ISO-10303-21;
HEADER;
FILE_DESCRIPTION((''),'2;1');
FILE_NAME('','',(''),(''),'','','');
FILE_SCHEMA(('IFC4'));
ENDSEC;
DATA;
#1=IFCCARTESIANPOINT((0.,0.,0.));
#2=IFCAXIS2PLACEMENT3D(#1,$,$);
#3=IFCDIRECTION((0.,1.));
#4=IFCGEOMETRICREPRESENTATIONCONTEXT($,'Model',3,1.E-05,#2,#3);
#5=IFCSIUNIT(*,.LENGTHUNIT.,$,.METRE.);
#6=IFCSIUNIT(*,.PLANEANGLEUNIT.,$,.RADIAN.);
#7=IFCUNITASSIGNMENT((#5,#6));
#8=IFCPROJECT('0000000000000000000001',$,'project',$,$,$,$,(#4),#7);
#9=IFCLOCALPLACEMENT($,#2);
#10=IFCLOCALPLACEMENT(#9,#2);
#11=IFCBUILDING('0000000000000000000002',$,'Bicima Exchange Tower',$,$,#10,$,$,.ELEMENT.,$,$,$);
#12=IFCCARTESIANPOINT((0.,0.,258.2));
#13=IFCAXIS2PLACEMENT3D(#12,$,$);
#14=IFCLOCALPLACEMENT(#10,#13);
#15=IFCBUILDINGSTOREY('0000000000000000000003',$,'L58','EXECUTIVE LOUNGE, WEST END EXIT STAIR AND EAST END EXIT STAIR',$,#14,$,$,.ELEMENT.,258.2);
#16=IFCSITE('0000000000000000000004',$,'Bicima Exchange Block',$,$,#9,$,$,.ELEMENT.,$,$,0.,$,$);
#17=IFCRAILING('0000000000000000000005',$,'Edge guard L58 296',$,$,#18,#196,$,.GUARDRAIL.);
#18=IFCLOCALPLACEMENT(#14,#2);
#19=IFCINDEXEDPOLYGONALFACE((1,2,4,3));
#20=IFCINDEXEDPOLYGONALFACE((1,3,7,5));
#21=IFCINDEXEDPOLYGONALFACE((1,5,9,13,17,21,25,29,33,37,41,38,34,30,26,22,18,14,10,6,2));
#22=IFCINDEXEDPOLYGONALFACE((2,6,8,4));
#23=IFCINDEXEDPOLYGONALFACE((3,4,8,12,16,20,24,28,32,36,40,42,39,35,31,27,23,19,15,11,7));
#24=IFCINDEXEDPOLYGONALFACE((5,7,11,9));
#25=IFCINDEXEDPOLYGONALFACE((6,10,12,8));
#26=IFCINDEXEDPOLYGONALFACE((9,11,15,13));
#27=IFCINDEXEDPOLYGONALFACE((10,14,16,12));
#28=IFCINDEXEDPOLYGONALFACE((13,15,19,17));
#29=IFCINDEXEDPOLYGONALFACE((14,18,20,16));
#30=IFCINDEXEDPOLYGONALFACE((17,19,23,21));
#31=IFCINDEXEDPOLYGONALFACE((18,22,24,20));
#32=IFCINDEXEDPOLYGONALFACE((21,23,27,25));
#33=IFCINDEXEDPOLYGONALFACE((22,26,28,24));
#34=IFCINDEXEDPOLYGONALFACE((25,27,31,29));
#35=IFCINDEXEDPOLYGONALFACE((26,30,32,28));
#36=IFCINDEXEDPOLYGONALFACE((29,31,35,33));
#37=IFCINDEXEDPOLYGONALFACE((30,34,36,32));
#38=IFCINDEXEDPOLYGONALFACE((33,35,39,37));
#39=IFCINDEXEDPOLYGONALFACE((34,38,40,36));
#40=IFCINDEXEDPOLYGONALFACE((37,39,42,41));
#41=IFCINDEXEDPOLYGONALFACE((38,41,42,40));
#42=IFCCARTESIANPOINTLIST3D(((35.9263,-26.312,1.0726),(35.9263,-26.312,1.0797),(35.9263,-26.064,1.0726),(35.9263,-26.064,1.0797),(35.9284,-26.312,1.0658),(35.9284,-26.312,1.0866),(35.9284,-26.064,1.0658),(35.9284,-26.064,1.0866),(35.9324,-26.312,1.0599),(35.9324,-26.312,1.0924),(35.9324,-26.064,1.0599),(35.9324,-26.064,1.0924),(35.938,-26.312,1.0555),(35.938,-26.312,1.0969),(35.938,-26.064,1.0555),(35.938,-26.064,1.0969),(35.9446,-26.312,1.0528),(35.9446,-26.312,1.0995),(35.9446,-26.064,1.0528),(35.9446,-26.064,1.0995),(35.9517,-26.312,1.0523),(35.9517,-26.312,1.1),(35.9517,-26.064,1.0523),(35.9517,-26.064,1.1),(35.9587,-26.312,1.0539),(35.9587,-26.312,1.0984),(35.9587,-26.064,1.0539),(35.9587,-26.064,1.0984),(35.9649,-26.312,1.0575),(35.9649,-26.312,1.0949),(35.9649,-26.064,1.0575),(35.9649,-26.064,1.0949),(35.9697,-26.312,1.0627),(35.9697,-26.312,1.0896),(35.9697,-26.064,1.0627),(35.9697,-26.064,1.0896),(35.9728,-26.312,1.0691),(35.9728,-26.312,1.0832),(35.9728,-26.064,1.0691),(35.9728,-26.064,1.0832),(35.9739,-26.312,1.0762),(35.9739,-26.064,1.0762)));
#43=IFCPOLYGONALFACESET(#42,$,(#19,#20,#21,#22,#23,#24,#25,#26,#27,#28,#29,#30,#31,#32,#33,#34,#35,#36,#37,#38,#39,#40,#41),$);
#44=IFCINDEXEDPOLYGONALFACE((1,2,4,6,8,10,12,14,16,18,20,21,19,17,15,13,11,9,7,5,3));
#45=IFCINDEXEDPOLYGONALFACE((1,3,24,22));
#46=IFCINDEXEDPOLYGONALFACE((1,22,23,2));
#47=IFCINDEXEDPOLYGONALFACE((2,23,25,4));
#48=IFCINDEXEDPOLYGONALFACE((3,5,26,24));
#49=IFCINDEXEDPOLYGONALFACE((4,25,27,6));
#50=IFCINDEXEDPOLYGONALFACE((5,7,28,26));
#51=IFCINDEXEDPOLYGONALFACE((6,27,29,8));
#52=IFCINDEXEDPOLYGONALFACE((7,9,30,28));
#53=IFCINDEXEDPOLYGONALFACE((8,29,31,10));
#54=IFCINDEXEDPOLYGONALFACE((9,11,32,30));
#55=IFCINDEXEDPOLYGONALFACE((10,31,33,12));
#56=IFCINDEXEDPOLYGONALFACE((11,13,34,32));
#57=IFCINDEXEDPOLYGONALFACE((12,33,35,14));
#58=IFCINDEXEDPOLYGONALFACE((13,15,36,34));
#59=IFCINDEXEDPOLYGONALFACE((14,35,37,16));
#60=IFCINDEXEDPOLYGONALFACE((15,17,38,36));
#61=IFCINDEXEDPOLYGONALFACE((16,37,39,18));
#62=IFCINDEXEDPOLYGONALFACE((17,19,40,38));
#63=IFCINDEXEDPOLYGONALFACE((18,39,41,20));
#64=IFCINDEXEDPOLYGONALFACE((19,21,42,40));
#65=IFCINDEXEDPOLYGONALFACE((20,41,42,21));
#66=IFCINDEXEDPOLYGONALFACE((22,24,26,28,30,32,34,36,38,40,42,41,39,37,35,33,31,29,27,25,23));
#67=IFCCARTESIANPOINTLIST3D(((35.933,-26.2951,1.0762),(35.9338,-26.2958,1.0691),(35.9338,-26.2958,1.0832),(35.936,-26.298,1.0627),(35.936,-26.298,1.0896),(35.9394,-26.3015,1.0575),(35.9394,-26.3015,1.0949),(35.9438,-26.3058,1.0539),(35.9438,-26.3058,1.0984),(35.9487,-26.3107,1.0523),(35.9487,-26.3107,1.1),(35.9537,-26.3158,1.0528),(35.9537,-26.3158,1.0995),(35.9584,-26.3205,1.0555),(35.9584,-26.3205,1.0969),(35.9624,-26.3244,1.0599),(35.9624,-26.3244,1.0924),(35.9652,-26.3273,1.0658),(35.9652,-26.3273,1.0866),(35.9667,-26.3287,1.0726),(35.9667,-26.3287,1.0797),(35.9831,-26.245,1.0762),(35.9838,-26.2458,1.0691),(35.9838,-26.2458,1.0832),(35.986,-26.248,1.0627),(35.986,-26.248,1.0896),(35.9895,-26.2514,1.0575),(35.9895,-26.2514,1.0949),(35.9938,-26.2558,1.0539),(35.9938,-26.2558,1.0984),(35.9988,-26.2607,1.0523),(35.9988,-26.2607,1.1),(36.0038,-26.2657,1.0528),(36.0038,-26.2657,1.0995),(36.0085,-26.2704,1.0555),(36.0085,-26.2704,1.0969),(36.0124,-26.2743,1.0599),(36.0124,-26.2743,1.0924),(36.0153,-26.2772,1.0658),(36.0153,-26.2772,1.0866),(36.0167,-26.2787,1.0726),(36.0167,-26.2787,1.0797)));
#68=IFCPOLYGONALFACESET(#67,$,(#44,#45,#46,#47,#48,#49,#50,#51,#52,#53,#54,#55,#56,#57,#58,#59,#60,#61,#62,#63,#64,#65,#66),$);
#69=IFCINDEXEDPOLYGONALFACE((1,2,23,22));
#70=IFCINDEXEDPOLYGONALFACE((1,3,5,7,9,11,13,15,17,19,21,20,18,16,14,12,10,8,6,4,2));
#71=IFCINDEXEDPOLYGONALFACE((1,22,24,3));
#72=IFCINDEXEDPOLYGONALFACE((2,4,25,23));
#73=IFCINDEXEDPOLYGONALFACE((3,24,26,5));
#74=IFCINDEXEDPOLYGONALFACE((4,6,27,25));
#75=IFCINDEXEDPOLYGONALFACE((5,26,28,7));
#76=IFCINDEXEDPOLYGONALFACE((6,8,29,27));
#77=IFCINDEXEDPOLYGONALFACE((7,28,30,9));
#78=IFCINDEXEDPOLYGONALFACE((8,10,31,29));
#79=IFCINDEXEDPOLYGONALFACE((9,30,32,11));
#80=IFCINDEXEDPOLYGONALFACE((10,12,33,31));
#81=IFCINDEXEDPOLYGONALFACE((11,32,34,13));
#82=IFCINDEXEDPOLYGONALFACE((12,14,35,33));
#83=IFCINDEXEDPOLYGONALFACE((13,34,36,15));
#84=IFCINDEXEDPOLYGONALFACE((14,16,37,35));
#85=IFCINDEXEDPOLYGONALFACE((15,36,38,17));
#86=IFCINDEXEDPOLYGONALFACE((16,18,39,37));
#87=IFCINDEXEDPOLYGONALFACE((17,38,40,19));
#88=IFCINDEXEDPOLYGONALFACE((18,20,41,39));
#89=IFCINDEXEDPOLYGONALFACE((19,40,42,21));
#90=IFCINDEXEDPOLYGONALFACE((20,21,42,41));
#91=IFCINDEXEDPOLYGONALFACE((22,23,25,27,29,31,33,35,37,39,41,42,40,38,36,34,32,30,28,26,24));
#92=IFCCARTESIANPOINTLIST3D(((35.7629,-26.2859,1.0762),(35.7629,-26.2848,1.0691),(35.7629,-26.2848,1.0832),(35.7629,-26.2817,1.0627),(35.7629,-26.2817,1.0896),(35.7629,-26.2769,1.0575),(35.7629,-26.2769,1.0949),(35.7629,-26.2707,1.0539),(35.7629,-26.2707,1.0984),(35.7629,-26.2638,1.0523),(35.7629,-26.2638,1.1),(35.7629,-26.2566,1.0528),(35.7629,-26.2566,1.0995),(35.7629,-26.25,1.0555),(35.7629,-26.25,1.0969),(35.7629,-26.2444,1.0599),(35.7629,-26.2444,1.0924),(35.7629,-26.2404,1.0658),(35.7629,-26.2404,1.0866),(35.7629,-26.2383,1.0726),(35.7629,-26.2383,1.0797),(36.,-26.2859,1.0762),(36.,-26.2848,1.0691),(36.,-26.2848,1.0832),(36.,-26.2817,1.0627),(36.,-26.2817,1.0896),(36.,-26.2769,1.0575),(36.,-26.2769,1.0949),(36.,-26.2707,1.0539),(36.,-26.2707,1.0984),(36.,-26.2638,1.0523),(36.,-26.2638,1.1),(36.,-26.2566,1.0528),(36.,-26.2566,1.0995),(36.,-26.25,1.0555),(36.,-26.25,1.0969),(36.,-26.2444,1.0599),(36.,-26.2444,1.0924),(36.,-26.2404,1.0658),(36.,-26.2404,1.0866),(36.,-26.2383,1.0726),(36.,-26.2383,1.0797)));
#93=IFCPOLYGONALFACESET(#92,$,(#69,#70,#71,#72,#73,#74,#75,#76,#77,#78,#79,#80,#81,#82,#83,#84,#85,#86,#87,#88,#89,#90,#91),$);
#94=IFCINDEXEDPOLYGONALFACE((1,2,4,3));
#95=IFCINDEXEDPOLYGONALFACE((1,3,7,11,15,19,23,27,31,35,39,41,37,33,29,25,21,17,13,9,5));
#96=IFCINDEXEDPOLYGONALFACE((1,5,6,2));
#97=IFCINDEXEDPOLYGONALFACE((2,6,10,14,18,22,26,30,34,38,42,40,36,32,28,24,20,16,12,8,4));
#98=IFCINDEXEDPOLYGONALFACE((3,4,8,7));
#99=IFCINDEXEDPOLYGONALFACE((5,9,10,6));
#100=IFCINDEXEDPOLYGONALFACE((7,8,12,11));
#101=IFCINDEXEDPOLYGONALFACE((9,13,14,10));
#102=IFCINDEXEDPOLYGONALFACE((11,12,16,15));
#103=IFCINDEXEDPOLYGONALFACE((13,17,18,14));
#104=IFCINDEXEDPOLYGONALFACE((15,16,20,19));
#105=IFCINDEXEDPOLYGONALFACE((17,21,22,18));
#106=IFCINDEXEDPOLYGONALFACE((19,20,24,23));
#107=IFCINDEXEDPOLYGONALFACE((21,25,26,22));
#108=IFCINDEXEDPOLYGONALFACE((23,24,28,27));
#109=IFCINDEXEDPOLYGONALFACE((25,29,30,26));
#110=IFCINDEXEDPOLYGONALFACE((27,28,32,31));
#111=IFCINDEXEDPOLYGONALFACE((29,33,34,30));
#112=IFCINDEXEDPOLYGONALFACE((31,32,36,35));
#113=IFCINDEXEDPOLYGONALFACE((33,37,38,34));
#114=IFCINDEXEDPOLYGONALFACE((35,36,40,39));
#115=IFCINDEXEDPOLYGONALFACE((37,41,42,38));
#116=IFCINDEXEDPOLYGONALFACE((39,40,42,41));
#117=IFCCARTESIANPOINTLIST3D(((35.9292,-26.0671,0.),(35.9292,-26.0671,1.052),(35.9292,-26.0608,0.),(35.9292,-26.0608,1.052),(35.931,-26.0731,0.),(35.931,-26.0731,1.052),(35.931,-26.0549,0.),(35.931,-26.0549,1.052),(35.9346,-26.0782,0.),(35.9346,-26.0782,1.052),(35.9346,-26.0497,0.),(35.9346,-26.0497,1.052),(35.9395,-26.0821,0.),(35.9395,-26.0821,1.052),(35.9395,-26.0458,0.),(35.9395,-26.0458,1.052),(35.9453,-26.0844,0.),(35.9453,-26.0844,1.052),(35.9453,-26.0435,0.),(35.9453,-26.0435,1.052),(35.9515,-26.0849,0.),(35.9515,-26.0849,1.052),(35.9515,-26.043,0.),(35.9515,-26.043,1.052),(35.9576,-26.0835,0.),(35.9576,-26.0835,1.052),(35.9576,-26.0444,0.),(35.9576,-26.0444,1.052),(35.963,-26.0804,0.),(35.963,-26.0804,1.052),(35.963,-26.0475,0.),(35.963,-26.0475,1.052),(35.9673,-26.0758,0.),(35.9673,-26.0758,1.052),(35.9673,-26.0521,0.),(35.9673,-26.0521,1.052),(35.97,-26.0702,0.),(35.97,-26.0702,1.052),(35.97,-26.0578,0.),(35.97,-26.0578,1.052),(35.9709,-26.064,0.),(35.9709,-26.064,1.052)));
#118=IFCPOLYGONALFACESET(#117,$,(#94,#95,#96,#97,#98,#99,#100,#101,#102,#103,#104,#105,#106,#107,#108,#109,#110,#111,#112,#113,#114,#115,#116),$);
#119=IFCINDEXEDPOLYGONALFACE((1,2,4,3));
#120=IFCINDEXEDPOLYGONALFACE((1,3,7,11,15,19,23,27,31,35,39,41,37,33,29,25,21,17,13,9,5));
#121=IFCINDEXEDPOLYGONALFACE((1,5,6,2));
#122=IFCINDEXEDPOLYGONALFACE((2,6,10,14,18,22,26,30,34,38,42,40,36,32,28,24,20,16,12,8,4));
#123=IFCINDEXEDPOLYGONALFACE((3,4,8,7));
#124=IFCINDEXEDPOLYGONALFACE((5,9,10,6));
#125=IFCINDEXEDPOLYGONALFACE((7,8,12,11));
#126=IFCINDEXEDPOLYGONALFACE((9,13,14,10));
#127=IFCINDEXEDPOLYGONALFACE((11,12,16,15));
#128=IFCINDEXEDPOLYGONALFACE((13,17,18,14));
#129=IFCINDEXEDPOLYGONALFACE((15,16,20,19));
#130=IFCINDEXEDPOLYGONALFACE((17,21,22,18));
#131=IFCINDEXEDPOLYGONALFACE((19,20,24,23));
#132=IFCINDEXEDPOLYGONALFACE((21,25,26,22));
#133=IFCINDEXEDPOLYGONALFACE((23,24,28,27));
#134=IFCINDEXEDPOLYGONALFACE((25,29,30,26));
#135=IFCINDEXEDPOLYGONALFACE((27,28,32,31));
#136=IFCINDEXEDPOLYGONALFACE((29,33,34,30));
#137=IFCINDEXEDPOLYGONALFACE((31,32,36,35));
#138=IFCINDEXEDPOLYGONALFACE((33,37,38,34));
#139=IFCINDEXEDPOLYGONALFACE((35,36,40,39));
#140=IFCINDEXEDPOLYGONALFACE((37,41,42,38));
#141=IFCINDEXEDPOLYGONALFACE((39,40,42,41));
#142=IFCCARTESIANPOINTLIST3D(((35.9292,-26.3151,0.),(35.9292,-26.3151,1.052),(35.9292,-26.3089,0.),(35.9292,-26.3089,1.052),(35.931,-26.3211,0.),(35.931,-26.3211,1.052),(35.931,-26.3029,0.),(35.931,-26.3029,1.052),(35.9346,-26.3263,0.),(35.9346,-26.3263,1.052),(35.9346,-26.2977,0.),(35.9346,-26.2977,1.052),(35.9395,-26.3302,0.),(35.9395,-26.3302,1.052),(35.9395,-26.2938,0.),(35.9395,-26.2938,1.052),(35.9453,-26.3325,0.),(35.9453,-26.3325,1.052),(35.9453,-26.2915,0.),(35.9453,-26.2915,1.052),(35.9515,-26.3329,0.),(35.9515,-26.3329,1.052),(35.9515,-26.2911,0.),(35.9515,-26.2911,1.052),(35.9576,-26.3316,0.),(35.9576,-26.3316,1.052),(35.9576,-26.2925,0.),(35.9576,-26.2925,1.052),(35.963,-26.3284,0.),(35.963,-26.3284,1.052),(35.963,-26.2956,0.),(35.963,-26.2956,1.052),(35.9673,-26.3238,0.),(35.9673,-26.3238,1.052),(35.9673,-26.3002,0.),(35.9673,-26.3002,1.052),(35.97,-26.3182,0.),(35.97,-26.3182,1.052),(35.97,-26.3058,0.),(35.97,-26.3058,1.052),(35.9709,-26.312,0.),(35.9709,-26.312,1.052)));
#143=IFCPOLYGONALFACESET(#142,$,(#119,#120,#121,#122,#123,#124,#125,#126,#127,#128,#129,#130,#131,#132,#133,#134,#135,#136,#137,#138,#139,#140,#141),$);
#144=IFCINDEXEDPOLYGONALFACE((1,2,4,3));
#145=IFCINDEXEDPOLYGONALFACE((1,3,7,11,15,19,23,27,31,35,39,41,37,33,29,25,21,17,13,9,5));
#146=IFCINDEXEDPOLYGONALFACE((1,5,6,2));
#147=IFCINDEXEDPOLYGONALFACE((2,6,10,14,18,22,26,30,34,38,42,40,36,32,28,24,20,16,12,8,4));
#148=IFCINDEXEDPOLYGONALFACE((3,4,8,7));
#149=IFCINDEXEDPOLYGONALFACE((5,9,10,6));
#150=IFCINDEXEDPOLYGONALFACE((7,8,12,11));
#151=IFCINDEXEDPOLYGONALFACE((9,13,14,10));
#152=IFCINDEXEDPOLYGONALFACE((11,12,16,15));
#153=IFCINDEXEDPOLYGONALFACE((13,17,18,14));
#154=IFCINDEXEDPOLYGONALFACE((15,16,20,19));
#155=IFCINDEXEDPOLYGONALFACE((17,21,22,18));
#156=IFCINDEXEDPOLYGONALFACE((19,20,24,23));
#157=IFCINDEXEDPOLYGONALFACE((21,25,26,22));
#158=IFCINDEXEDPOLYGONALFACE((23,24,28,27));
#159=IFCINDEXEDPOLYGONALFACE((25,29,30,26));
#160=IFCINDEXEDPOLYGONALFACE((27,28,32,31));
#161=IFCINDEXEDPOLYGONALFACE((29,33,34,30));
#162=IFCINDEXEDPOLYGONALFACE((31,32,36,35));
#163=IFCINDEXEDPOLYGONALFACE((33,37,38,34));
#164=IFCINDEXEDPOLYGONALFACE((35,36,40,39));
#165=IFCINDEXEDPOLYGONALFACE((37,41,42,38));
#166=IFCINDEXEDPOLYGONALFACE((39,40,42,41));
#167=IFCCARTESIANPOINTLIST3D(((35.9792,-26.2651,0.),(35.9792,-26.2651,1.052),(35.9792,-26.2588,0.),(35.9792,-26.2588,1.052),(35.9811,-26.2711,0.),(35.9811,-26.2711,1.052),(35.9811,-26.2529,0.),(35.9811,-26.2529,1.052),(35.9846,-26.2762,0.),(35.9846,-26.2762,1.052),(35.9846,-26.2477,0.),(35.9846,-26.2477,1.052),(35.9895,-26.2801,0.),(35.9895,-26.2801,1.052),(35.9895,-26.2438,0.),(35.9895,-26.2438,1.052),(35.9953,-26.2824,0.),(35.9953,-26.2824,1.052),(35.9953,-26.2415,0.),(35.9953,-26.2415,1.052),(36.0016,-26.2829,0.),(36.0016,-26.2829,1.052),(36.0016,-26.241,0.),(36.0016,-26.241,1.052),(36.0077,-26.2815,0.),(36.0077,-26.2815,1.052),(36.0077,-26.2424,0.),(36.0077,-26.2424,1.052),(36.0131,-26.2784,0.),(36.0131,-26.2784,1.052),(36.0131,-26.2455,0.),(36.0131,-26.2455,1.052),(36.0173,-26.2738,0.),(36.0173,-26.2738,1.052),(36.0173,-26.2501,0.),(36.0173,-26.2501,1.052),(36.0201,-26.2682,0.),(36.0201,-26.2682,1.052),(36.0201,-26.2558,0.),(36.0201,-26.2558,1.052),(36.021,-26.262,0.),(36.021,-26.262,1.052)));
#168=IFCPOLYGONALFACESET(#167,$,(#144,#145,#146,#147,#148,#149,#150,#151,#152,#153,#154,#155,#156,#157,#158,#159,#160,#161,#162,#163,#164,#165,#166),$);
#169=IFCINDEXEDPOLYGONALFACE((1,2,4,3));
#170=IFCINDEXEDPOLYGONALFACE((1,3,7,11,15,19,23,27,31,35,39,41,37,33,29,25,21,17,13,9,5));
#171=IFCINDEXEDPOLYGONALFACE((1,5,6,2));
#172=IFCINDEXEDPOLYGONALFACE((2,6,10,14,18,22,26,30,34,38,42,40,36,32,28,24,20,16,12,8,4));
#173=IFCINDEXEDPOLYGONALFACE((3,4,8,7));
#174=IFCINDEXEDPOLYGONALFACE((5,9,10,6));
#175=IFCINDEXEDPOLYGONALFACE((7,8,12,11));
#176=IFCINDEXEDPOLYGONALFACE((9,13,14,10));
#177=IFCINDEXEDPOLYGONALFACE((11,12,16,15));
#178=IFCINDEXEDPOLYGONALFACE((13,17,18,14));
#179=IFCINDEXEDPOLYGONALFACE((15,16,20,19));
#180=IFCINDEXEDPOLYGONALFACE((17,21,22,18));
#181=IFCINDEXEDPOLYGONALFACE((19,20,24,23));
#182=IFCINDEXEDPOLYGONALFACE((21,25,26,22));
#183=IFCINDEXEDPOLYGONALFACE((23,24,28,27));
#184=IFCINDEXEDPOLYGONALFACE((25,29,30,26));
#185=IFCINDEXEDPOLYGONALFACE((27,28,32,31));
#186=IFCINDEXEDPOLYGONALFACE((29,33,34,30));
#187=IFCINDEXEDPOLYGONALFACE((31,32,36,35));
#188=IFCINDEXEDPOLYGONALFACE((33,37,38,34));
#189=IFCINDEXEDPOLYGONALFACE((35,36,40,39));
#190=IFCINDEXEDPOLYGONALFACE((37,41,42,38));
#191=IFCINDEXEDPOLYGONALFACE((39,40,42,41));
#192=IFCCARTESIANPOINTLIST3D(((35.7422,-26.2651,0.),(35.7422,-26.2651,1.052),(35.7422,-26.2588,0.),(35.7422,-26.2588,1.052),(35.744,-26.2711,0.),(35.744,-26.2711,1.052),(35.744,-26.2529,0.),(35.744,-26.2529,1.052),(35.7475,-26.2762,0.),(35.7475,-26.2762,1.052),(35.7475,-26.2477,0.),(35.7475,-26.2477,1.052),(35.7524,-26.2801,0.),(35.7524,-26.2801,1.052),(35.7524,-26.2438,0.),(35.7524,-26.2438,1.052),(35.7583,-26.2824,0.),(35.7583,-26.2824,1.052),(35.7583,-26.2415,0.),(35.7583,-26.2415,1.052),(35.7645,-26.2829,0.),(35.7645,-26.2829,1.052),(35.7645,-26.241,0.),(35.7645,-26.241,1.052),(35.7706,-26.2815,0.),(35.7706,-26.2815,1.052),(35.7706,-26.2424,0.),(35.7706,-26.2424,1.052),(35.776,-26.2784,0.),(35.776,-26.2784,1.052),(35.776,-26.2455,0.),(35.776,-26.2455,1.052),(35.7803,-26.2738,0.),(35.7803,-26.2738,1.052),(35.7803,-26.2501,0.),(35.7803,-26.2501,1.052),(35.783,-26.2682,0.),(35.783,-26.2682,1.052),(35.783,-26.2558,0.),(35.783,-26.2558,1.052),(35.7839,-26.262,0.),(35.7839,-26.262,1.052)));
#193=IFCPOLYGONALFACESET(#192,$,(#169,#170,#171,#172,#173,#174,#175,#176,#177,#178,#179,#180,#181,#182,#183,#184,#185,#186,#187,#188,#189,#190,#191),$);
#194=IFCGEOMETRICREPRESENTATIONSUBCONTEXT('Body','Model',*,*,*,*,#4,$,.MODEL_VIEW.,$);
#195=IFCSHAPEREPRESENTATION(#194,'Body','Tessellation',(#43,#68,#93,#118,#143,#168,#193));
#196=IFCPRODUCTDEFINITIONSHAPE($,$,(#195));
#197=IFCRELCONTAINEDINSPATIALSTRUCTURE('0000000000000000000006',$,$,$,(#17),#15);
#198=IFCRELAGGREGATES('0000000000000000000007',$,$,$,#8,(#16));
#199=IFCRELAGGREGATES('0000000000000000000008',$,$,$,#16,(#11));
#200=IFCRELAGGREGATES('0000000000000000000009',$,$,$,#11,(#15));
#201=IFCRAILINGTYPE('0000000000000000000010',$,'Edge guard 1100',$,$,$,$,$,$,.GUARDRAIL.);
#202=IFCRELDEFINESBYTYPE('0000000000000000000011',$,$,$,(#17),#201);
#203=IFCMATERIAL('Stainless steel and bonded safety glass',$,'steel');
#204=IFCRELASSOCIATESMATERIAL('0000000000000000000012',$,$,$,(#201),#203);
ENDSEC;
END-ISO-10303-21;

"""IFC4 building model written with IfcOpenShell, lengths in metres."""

from ifc_helpers import new_model, si_unit, direction, frame, origin, origin_2d, place, context, subcontext, project, spatial, circle, extrude, material, type_object, element, save


model = new_model("IFC4")

# Units and contexts
model_context = context("Model", 3, precision=1e-05, world=origin(), true_north=direction((0.0, 1.0)))
body_context = subcontext(model_context, "Body", "Model", "MODEL_VIEW")
ifc_project = project(units=[si_unit("LENGTHUNIT", "METRE"), si_unit("PLANEANGLEUNIT", "RADIAN")], contexts=[model_context])

# Site, building, storey
site_placement = place(None, origin())
site = spatial("IfcSite", under=ifc_project, at=site_placement, Name="Bicima Exchange Block", CompositionType="ELEMENT", RefElevation=0.0)
building_placement = place(site_placement, origin())
building = spatial("IfcBuilding", under=site, at=building_placement, Name="Bicima Exchange Tower", CompositionType="ELEMENT")
storey_placement = place(building_placement, frame((0.0, 0.0, 258.2)))
storey = spatial("IfcBuildingStorey", under=building, at=storey_placement, Name="L58", Description="EXECUTIVE LOUNGE, WEST END EXIT STAIR AND EAST END EXIT STAIR", CompositionType="ELEMENT", Elevation=258.2)

# Railing
ifc_material_1 = material(Name="Stainless steel and bonded safety glass", Category="steel")
railing_type = type_object("IfcRailingType", Name="Edge guard 1100", PredefinedType="GUARDRAIL", material=ifc_material_1)
railing_placement = place(storey_placement, frame((35.95, -26.064, 0.0)))
element("IfcRailing", 1, at=railing_placement, inside=storey, type_object=railing_type, Name="Edge guard L58 296", PredefinedType="GUARDRAIL", context=body_context, shape_type="SweptSolid", body=[
    extrude(circle(Radius=0.0239, at=origin_2d()), frame((0.0, 0.0, 1.0762), z_axis=(0.0, -1.0, 0.0), x_axis=(1.0, 0.0, 0.0)), (0.0, 0.0, 1.0), 0.248),
    extrude(circle(Radius=0.0239, at=origin_2d()), frame((0.0, -0.248, 1.0762), z_axis=(0.707107, 0.707107, 0.0), x_axis=(-0.707107, 0.707107, 0.0)), (0.0, 0.0, 1.0), 0.0708),
    extrude(circle(Radius=0.0239, at=origin_2d()), frame((0.05, -0.198, 1.0762), z_axis=(-1.0, 0.0, 0.0), x_axis=(0.0, -1.0, 0.0)), (0.0, 0.0, 1.0), 0.2371),
    extrude(circle(Radius=0.021, at=origin_2d()), origin(), (0.0, 0.0, 1.0), 1.052),
    extrude(circle(Radius=0.021, at=origin_2d()), frame((0.0, -0.248, 0.0)), (0.0, 0.0, 1.0), 1.052),
    extrude(circle(Radius=0.021, at=origin_2d()), frame((0.05, -0.198, 0.0)), (0.0, 0.0, 1.0), 1.052),
    extrude(circle(Radius=0.021, at=origin_2d()), frame((-0.187, -0.198, 0.0)), (0.0, 0.0, 1.0), 1.052),
])

save(model, "model.ifc")
